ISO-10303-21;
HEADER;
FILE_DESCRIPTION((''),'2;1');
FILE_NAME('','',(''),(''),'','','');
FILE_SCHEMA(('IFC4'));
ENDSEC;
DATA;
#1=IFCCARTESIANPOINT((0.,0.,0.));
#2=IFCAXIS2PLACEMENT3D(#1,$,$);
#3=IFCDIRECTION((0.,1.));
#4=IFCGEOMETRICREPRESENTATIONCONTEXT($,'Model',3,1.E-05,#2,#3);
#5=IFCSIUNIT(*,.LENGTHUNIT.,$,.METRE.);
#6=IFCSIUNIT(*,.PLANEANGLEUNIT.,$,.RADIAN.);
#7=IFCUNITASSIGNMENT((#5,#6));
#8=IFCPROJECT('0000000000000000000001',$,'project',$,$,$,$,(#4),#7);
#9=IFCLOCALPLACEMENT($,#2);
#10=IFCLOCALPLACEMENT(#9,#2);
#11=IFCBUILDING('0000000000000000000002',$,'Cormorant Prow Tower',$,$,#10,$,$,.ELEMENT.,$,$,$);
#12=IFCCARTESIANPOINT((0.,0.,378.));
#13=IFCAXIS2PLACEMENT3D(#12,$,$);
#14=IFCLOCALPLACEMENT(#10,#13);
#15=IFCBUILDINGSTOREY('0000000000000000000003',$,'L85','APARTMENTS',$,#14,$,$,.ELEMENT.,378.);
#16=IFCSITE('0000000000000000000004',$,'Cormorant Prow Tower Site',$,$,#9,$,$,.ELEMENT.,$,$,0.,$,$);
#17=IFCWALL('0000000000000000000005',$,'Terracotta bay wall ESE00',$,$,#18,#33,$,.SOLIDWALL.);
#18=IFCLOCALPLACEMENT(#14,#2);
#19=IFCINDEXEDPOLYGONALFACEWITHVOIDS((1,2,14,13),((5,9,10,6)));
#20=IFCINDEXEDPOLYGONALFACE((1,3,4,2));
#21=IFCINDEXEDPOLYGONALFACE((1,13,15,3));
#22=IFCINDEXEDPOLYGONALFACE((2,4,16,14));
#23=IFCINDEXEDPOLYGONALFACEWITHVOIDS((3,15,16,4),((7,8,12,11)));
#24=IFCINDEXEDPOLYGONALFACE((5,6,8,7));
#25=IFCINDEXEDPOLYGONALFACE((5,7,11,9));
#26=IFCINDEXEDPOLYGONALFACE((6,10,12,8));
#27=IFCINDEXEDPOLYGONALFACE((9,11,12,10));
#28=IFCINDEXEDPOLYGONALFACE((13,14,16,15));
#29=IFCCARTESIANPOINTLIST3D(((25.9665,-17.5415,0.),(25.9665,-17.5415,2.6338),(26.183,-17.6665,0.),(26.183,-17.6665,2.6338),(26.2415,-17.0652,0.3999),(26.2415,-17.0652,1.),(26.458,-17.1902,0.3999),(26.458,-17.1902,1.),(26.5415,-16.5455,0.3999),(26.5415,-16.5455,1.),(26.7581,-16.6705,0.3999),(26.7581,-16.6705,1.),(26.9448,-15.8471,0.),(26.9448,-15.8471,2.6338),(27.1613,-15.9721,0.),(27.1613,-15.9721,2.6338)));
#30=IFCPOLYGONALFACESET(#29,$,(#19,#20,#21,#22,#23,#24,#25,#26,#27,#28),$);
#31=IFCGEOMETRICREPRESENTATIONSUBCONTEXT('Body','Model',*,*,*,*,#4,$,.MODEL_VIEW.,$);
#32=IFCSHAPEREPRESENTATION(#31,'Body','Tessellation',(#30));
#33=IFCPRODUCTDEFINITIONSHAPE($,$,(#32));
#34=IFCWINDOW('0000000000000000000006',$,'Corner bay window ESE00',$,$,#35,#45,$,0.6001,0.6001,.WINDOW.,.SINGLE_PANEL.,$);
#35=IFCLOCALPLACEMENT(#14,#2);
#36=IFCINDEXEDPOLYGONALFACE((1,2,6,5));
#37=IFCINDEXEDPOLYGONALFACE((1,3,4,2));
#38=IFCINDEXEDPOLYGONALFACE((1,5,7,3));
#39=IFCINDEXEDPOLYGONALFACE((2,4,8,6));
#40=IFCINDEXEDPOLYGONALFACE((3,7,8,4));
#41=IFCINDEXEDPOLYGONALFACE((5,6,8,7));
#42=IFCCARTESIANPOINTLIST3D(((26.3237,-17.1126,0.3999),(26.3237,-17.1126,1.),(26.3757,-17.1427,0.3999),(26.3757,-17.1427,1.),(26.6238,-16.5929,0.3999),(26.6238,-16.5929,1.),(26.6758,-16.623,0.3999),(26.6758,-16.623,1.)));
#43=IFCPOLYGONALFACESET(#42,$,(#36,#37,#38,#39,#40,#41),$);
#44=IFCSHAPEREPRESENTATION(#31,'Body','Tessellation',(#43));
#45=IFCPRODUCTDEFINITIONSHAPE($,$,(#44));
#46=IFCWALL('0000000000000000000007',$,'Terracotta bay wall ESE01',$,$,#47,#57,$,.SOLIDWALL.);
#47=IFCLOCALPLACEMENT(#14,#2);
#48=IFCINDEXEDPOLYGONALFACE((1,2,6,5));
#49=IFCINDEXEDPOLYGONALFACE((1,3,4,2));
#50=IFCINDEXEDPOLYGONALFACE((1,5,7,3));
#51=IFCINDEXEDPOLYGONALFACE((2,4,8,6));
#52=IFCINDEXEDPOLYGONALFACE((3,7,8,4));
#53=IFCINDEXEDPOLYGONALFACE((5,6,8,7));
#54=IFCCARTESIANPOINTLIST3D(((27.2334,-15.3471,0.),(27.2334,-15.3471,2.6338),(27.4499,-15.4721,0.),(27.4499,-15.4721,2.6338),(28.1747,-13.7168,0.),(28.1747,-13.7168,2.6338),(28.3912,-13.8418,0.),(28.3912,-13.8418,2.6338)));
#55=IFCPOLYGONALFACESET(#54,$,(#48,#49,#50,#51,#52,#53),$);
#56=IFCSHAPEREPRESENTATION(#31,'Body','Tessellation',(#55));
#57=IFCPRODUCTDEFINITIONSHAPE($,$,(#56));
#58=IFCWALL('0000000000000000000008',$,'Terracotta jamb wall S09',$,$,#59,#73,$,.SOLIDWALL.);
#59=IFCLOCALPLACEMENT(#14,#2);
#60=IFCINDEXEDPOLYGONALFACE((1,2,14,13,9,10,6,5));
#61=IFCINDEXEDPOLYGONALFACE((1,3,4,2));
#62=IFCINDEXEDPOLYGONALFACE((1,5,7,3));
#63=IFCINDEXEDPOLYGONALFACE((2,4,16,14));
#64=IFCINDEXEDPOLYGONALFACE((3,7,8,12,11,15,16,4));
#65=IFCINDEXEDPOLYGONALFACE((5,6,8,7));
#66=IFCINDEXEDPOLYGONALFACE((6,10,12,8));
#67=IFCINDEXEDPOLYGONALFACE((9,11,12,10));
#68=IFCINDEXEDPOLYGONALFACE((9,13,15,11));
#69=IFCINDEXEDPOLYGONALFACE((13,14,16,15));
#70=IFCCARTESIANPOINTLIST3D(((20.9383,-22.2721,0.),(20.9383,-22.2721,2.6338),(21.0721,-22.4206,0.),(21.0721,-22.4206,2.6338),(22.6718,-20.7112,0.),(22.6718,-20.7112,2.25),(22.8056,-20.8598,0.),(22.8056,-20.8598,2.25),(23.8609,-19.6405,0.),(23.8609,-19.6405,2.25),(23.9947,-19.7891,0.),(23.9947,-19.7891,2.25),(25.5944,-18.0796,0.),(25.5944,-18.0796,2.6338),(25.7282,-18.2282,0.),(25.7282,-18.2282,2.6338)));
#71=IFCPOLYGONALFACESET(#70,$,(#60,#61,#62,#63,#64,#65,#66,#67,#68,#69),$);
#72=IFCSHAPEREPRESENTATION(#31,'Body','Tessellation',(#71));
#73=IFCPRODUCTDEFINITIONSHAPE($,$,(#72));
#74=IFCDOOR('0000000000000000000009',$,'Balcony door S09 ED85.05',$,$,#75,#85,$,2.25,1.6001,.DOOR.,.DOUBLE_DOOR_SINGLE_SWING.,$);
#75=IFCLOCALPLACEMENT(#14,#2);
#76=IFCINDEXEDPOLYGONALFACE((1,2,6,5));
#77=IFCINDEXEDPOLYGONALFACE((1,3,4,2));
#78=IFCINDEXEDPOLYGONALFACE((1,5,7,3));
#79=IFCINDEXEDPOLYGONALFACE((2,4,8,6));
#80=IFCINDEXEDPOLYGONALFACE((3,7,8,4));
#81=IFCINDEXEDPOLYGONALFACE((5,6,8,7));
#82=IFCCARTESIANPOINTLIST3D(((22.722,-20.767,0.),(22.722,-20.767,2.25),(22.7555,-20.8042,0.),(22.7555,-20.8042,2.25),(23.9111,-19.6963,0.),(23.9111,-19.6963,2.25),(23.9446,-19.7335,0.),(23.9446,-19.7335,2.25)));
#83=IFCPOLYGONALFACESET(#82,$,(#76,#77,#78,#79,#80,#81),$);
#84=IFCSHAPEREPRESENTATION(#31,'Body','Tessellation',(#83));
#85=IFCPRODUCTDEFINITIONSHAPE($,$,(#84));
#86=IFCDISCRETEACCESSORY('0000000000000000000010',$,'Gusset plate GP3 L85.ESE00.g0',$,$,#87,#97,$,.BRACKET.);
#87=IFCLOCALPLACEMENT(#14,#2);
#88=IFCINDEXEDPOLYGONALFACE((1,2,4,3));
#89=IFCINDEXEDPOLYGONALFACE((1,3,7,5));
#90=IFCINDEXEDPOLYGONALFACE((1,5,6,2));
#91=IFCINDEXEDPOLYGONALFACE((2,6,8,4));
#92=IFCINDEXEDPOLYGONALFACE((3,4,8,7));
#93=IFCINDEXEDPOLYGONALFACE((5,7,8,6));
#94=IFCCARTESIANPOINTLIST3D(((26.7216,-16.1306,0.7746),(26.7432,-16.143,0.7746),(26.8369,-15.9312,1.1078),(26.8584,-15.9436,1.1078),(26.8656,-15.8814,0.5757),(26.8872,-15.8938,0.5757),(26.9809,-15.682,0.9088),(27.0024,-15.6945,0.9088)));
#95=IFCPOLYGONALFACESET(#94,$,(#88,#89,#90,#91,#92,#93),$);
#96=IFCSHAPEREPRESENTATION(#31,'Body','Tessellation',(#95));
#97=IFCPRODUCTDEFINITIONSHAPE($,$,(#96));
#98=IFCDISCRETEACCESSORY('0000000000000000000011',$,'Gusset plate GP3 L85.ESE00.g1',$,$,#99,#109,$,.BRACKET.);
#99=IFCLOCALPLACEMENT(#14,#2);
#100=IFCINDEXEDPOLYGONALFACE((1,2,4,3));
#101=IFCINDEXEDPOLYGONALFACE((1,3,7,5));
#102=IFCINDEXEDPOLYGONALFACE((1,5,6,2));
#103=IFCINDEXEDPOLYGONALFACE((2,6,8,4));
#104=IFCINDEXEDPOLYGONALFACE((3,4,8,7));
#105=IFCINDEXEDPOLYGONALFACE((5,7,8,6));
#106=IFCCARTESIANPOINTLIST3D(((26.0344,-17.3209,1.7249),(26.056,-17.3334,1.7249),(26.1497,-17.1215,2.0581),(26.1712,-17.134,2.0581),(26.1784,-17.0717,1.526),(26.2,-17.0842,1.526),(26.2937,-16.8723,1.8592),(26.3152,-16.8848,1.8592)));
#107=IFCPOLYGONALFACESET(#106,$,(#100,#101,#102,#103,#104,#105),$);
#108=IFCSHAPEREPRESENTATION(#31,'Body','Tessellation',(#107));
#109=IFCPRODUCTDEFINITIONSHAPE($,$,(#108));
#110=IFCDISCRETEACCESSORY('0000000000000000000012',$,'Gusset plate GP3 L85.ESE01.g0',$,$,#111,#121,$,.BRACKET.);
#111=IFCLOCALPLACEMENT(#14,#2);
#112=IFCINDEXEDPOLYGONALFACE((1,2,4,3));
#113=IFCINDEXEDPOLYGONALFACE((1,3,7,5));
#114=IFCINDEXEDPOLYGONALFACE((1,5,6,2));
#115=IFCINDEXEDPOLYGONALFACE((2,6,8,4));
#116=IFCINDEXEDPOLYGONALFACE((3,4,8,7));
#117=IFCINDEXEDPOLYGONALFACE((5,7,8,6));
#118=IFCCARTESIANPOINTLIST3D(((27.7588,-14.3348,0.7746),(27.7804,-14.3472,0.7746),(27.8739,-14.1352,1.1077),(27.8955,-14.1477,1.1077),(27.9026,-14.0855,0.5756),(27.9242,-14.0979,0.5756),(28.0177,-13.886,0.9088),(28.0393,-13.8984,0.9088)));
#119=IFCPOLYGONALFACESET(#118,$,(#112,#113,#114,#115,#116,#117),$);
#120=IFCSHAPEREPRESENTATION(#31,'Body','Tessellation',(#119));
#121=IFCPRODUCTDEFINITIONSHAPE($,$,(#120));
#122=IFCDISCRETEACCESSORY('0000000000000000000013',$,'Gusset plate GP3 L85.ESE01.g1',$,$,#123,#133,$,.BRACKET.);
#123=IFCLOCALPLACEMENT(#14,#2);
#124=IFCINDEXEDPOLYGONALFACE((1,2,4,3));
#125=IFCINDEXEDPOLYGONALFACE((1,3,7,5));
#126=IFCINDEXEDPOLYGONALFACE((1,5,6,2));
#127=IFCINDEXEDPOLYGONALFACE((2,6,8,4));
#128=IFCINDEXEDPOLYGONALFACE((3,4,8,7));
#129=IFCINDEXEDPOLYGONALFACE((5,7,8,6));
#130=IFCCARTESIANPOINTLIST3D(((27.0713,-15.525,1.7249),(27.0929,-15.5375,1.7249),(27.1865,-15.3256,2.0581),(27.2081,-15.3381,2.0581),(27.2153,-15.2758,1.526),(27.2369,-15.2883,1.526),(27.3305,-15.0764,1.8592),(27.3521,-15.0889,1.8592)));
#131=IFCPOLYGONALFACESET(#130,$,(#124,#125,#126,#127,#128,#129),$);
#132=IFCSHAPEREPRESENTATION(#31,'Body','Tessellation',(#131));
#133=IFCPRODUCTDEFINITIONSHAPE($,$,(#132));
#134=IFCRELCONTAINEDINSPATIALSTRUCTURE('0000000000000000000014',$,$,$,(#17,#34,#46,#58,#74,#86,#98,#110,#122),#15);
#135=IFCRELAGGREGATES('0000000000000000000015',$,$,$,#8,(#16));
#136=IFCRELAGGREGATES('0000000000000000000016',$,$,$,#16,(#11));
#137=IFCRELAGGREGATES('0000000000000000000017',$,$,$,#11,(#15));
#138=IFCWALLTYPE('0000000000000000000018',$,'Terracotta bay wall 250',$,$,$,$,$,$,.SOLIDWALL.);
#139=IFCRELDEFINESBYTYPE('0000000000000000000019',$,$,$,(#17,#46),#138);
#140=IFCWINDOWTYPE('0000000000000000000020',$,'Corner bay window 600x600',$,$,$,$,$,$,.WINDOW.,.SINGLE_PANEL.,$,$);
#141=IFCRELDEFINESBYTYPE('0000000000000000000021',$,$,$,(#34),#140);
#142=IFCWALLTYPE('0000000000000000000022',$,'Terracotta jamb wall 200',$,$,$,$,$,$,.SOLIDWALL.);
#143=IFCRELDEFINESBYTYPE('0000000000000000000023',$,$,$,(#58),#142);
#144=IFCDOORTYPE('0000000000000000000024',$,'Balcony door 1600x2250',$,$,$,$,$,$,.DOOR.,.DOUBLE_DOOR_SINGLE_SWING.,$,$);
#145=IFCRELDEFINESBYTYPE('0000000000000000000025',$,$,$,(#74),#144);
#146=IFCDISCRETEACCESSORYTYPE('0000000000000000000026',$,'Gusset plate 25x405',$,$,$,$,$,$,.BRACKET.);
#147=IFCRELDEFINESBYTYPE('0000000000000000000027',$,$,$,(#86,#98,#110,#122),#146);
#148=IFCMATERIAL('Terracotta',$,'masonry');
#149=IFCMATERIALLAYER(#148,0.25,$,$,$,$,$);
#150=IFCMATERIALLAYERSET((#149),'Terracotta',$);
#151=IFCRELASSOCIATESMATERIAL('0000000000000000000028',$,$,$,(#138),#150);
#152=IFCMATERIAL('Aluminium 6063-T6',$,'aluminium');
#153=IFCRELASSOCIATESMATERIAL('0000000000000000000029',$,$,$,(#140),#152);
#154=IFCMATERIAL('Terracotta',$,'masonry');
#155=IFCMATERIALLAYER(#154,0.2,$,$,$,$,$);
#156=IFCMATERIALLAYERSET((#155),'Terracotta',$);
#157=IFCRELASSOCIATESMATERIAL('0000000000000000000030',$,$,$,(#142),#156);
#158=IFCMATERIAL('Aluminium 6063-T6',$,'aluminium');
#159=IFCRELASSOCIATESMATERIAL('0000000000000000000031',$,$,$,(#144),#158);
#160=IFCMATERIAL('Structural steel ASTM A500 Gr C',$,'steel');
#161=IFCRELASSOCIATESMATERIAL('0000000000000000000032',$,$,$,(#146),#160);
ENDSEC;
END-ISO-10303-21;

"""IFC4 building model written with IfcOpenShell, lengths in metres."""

from ifc_helpers import new_model, si_unit, direction, frame, frame_2d, origin, origin_2d, place, context, subcontext, project, spatial, rectangle, extrude, material, layer, layer_set, material_profile, profile_set, type_object, element, fill, save


model = new_model("IFC4")

# Units and contexts
model_context = context("Model", 3, precision=1e-05, world=origin(), true_north=direction((0.0, 1.0)))
body_context = subcontext(model_context, "Body", "Model", "MODEL_VIEW")
ifc_project = project(units=[si_unit("LENGTHUNIT", "METRE"), si_unit("PLANEANGLEUNIT", "RADIAN")], contexts=[model_context])

# Site, building, storey
site_placement = place(None, origin())
site = spatial("IfcSite", under=ifc_project, at=site_placement, Name="Cormorant Prow Tower Site", CompositionType="ELEMENT", RefElevation=0.0)
building_placement = place(site_placement, origin())
building = spatial("IfcBuilding", under=site, at=building_placement, Name="Cormorant Prow Tower", CompositionType="ELEMENT")
storey_placement = place(building_placement, frame((0.0, 0.0, 378.0)))
storey = spatial("IfcBuildingStorey", under=building, at=storey_placement, Name="L85", Description="APARTMENTS", CompositionType="ELEMENT", Elevation=378.0)

# Wall, opening, window
ifc_material_1 = material(Name="Terracotta", Category="masonry")
ifc_layer_1 = layer(ifc_material_1, 0.25)
ifc_layer_set_1 = layer_set([ifc_layer_1], Name="Terracotta")
wall_type_1 = type_object("IfcWallType", Name="Terracotta bay wall 250", PredefinedType="SOLIDWALL", material=ifc_layer_set_1)
wall_1_placement = place(storey_placement, frame((26.0747, -17.604, 0.0), z_axis=(0.0, 0.0, 1.0), x_axis=(0.500018, 0.866015, 0.0)))
wall_1 = element("IfcWall", 1, at=wall_1_placement, inside=storey, type_object=wall_type_1, Name="Terracotta bay wall ESE00", PredefinedType="SOLIDWALL", context=body_context, shape_type="SweptSolid", body=[
    extrude(rectangle(XDim=1.9565, YDim=0.25, at=frame_2d((0.9783, 0.0))), origin(), (0.0, 0.0, 1.0), 2.6338),
])
opening_1_placement = place(wall_1_placement, frame((0.55, 0.0, 0.3999)))
opening_1 = element("IfcOpeningElement", 2, at=opening_1_placement, cuts=wall_1, PredefinedType="OPENING", context=body_context, shape_type="SweptSolid", body=[
    extrude(rectangle(XDim=0.6001, YDim=0.6001, at=frame_2d((0.3, 0.3))), frame((0.0, 0.135, 0.0), z_axis=(0.0, -1.0, 0.0), x_axis=(1.0, 0.0, 0.0)), (0.0, 0.0, 1.0), 0.27),
])
ifc_material_2 = material(Name="Aluminium 6063-T6", Category="aluminium")
window_type = type_object("IfcWindowType", Name="Corner bay window 600x600", PartitioningType="SINGLE_PANEL", PredefinedType="WINDOW", material=ifc_material_2)
window_placement = place(opening_1_placement, origin())
window = element("IfcWindow", 3, at=window_placement, inside=storey, type_object=window_type, Name="Corner bay window ESE00", OverallHeight=0.6001, OverallWidth=0.6001, PartitioningType="SINGLE_PANEL", PredefinedType="WINDOW", context=body_context, shape_type="SweptSolid", body=[
    extrude(rectangle(XDim=0.6001, YDim=0.6001, at=frame_2d((0.3, 0.3))), frame((0.0, 0.03, 0.0), z_axis=(0.0, -1.0, 0.0), x_axis=(1.0, 0.0, 0.0)), (0.0, 0.0, 1.0), 0.0601),
])
fill(opening_1, window)

# Wall
wall_2_placement = place(storey_placement, frame((27.3416, -15.4097, 0.0), z_axis=(0.0, 0.0, 1.0), x_axis=(0.500044, 0.866, 0.0)))
element("IfcWall", 4, at=wall_2_placement, inside=storey, type_object=wall_type_1, Name="Terracotta bay wall ESE01", PredefinedType="SOLIDWALL", context=body_context, shape_type="SweptSolid", body=[
    extrude(rectangle(XDim=1.8826, YDim=0.25, at=frame_2d((0.9414, 0.0))), origin(), (0.0, 0.0, 1.0), 2.6338),
])

# Wall, opening, door
ifc_material_3 = material(Name="Terracotta", Category="masonry")
ifc_layer_2 = layer(ifc_material_3, 0.2)
ifc_layer_set_2 = layer_set([ifc_layer_2], Name="Terracotta")
wall_type_2 = type_object("IfcWallType", Name="Terracotta jamb wall 200", PredefinedType="SOLIDWALL", material=ifc_layer_set_2)
wall_3_placement = place(storey_placement, frame((21.0051, -22.3464, 0.0), z_axis=(0.0, 0.0, 1.0), x_axis=(0.743137, 0.669139, 0.0)))
wall_3 = element("IfcWall", 5, at=wall_3_placement, inside=storey, type_object=wall_type_2, Name="Terracotta jamb wall S09", PredefinedType="SOLIDWALL", context=body_context, shape_type="SweptSolid", body=[
    extrude(rectangle(XDim=6.2654, YDim=0.2, at=frame_2d((3.1328, 0.0))), origin(), (0.0, 0.0, 1.0), 2.6338),
])
opening_2_placement = place(wall_3_placement, frame((2.3328, 0.0, 0.0)))
opening_2 = element("IfcOpeningElement", 6, at=opening_2_placement, cuts=wall_3, PredefinedType="OPENING", context=body_context, shape_type="SweptSolid", body=[
    extrude(rectangle(XDim=1.6001, YDim=2.25, at=frame_2d((0.8, 1.125))), frame((0.0, 0.1099, 0.0), z_axis=(0.0, -1.0, 0.0), x_axis=(1.0, 0.0, 0.0)), (0.0, 0.0, 1.0), 0.22),
])
ifc_material_4 = material(Name="Aluminium 6063-T6", Category="aluminium")
door_type_1 = type_object("IfcDoorType", Name="Balcony door 1600x2250", OperationType="DOUBLE_DOOR_SINGLE_SWING", PredefinedType="DOOR", material=ifc_material_4)
door_1_placement = place(opening_2_placement, origin())
door_1 = element("IfcDoor", 7, at=door_1_placement, inside=storey, type_object=door_type_1, Name="Balcony door S09 ED85.05", OperationType="DOUBLE_DOOR_SINGLE_SWING", OverallHeight=2.25, OverallWidth=1.6001, PredefinedType="DOOR", context=body_context, shape_type="SweptSolid", body=[
    extrude(rectangle(XDim=1.6001, YDim=2.25, at=frame_2d((0.8, 1.125))), frame((0.0, 0.0249, 0.0), z_axis=(0.0, -1.0, 0.0), x_axis=(1.0, 0.0, 0.0)), (0.0, 0.0, 1.0), 0.05),
])
fill(opening_2, door_1)

# Discrete accessories
ifc_material_5 = material(Name="Structural steel ASTM A500 Gr C", Category="steel")
ifc_material_profile_1 = material_profile(ifc_material_5, rectangle(XDim=0.0249, YDim=0.405, at=origin_2d()), Name="Gusset plate 25x405")
ifc_profile_set_1 = profile_set([ifc_material_profile_1], Name="Structural steel ASTM A500 Gr C")
discrete_accessory_type = type_object("IfcDiscreteAccessoryType", Name="Gusset plate 25x405", PredefinedType="BRACKET", material=ifc_profile_set_1)
for number, where, z_axis, x_axis, name in (
    (8, (26.79, -16.0371, 0.9412), (0.411596, 0.71227, -0.56856), (-0.865832, 0.500334, 0.0), "Gusset plate GP3 L85.ESE00.g0"),
    (9, (26.2468, -16.9783, 1.6926), (-0.411596, -0.71227, 0.56856), (0.865832, -0.500334, 0.0), "Gusset plate GP3 L85.ESE00.g1"),
    (10, (27.8271, -14.2412, 0.9412), (0.411016, 0.712474, -0.568723), (-0.8662, 0.499698, 0.0), "Gusset plate GP3 L85.ESE01.g0"),
    (11, (27.2837, -15.1824, 1.6926), (-0.411596, -0.71227, 0.56856), (0.865832, -0.500334, 0.0), "Gusset plate GP3 L85.ESE01.g1"),
):
    element("IfcDiscreteAccessory", number, at=place(storey_placement, frame(where, z_axis=z_axis, x_axis=x_axis)), inside=storey, type_object=discrete_accessory_type, Name=name, PredefinedType="BRACKET", context=body_context, shape_type="SweptSolid", body=[
        extrude(rectangle(XDim=0.0249, YDim=0.405, at=origin_2d()), origin(), (0.0, 0.0, 1.0), 0.3499),
    ])

save(model, "model.ifc")
